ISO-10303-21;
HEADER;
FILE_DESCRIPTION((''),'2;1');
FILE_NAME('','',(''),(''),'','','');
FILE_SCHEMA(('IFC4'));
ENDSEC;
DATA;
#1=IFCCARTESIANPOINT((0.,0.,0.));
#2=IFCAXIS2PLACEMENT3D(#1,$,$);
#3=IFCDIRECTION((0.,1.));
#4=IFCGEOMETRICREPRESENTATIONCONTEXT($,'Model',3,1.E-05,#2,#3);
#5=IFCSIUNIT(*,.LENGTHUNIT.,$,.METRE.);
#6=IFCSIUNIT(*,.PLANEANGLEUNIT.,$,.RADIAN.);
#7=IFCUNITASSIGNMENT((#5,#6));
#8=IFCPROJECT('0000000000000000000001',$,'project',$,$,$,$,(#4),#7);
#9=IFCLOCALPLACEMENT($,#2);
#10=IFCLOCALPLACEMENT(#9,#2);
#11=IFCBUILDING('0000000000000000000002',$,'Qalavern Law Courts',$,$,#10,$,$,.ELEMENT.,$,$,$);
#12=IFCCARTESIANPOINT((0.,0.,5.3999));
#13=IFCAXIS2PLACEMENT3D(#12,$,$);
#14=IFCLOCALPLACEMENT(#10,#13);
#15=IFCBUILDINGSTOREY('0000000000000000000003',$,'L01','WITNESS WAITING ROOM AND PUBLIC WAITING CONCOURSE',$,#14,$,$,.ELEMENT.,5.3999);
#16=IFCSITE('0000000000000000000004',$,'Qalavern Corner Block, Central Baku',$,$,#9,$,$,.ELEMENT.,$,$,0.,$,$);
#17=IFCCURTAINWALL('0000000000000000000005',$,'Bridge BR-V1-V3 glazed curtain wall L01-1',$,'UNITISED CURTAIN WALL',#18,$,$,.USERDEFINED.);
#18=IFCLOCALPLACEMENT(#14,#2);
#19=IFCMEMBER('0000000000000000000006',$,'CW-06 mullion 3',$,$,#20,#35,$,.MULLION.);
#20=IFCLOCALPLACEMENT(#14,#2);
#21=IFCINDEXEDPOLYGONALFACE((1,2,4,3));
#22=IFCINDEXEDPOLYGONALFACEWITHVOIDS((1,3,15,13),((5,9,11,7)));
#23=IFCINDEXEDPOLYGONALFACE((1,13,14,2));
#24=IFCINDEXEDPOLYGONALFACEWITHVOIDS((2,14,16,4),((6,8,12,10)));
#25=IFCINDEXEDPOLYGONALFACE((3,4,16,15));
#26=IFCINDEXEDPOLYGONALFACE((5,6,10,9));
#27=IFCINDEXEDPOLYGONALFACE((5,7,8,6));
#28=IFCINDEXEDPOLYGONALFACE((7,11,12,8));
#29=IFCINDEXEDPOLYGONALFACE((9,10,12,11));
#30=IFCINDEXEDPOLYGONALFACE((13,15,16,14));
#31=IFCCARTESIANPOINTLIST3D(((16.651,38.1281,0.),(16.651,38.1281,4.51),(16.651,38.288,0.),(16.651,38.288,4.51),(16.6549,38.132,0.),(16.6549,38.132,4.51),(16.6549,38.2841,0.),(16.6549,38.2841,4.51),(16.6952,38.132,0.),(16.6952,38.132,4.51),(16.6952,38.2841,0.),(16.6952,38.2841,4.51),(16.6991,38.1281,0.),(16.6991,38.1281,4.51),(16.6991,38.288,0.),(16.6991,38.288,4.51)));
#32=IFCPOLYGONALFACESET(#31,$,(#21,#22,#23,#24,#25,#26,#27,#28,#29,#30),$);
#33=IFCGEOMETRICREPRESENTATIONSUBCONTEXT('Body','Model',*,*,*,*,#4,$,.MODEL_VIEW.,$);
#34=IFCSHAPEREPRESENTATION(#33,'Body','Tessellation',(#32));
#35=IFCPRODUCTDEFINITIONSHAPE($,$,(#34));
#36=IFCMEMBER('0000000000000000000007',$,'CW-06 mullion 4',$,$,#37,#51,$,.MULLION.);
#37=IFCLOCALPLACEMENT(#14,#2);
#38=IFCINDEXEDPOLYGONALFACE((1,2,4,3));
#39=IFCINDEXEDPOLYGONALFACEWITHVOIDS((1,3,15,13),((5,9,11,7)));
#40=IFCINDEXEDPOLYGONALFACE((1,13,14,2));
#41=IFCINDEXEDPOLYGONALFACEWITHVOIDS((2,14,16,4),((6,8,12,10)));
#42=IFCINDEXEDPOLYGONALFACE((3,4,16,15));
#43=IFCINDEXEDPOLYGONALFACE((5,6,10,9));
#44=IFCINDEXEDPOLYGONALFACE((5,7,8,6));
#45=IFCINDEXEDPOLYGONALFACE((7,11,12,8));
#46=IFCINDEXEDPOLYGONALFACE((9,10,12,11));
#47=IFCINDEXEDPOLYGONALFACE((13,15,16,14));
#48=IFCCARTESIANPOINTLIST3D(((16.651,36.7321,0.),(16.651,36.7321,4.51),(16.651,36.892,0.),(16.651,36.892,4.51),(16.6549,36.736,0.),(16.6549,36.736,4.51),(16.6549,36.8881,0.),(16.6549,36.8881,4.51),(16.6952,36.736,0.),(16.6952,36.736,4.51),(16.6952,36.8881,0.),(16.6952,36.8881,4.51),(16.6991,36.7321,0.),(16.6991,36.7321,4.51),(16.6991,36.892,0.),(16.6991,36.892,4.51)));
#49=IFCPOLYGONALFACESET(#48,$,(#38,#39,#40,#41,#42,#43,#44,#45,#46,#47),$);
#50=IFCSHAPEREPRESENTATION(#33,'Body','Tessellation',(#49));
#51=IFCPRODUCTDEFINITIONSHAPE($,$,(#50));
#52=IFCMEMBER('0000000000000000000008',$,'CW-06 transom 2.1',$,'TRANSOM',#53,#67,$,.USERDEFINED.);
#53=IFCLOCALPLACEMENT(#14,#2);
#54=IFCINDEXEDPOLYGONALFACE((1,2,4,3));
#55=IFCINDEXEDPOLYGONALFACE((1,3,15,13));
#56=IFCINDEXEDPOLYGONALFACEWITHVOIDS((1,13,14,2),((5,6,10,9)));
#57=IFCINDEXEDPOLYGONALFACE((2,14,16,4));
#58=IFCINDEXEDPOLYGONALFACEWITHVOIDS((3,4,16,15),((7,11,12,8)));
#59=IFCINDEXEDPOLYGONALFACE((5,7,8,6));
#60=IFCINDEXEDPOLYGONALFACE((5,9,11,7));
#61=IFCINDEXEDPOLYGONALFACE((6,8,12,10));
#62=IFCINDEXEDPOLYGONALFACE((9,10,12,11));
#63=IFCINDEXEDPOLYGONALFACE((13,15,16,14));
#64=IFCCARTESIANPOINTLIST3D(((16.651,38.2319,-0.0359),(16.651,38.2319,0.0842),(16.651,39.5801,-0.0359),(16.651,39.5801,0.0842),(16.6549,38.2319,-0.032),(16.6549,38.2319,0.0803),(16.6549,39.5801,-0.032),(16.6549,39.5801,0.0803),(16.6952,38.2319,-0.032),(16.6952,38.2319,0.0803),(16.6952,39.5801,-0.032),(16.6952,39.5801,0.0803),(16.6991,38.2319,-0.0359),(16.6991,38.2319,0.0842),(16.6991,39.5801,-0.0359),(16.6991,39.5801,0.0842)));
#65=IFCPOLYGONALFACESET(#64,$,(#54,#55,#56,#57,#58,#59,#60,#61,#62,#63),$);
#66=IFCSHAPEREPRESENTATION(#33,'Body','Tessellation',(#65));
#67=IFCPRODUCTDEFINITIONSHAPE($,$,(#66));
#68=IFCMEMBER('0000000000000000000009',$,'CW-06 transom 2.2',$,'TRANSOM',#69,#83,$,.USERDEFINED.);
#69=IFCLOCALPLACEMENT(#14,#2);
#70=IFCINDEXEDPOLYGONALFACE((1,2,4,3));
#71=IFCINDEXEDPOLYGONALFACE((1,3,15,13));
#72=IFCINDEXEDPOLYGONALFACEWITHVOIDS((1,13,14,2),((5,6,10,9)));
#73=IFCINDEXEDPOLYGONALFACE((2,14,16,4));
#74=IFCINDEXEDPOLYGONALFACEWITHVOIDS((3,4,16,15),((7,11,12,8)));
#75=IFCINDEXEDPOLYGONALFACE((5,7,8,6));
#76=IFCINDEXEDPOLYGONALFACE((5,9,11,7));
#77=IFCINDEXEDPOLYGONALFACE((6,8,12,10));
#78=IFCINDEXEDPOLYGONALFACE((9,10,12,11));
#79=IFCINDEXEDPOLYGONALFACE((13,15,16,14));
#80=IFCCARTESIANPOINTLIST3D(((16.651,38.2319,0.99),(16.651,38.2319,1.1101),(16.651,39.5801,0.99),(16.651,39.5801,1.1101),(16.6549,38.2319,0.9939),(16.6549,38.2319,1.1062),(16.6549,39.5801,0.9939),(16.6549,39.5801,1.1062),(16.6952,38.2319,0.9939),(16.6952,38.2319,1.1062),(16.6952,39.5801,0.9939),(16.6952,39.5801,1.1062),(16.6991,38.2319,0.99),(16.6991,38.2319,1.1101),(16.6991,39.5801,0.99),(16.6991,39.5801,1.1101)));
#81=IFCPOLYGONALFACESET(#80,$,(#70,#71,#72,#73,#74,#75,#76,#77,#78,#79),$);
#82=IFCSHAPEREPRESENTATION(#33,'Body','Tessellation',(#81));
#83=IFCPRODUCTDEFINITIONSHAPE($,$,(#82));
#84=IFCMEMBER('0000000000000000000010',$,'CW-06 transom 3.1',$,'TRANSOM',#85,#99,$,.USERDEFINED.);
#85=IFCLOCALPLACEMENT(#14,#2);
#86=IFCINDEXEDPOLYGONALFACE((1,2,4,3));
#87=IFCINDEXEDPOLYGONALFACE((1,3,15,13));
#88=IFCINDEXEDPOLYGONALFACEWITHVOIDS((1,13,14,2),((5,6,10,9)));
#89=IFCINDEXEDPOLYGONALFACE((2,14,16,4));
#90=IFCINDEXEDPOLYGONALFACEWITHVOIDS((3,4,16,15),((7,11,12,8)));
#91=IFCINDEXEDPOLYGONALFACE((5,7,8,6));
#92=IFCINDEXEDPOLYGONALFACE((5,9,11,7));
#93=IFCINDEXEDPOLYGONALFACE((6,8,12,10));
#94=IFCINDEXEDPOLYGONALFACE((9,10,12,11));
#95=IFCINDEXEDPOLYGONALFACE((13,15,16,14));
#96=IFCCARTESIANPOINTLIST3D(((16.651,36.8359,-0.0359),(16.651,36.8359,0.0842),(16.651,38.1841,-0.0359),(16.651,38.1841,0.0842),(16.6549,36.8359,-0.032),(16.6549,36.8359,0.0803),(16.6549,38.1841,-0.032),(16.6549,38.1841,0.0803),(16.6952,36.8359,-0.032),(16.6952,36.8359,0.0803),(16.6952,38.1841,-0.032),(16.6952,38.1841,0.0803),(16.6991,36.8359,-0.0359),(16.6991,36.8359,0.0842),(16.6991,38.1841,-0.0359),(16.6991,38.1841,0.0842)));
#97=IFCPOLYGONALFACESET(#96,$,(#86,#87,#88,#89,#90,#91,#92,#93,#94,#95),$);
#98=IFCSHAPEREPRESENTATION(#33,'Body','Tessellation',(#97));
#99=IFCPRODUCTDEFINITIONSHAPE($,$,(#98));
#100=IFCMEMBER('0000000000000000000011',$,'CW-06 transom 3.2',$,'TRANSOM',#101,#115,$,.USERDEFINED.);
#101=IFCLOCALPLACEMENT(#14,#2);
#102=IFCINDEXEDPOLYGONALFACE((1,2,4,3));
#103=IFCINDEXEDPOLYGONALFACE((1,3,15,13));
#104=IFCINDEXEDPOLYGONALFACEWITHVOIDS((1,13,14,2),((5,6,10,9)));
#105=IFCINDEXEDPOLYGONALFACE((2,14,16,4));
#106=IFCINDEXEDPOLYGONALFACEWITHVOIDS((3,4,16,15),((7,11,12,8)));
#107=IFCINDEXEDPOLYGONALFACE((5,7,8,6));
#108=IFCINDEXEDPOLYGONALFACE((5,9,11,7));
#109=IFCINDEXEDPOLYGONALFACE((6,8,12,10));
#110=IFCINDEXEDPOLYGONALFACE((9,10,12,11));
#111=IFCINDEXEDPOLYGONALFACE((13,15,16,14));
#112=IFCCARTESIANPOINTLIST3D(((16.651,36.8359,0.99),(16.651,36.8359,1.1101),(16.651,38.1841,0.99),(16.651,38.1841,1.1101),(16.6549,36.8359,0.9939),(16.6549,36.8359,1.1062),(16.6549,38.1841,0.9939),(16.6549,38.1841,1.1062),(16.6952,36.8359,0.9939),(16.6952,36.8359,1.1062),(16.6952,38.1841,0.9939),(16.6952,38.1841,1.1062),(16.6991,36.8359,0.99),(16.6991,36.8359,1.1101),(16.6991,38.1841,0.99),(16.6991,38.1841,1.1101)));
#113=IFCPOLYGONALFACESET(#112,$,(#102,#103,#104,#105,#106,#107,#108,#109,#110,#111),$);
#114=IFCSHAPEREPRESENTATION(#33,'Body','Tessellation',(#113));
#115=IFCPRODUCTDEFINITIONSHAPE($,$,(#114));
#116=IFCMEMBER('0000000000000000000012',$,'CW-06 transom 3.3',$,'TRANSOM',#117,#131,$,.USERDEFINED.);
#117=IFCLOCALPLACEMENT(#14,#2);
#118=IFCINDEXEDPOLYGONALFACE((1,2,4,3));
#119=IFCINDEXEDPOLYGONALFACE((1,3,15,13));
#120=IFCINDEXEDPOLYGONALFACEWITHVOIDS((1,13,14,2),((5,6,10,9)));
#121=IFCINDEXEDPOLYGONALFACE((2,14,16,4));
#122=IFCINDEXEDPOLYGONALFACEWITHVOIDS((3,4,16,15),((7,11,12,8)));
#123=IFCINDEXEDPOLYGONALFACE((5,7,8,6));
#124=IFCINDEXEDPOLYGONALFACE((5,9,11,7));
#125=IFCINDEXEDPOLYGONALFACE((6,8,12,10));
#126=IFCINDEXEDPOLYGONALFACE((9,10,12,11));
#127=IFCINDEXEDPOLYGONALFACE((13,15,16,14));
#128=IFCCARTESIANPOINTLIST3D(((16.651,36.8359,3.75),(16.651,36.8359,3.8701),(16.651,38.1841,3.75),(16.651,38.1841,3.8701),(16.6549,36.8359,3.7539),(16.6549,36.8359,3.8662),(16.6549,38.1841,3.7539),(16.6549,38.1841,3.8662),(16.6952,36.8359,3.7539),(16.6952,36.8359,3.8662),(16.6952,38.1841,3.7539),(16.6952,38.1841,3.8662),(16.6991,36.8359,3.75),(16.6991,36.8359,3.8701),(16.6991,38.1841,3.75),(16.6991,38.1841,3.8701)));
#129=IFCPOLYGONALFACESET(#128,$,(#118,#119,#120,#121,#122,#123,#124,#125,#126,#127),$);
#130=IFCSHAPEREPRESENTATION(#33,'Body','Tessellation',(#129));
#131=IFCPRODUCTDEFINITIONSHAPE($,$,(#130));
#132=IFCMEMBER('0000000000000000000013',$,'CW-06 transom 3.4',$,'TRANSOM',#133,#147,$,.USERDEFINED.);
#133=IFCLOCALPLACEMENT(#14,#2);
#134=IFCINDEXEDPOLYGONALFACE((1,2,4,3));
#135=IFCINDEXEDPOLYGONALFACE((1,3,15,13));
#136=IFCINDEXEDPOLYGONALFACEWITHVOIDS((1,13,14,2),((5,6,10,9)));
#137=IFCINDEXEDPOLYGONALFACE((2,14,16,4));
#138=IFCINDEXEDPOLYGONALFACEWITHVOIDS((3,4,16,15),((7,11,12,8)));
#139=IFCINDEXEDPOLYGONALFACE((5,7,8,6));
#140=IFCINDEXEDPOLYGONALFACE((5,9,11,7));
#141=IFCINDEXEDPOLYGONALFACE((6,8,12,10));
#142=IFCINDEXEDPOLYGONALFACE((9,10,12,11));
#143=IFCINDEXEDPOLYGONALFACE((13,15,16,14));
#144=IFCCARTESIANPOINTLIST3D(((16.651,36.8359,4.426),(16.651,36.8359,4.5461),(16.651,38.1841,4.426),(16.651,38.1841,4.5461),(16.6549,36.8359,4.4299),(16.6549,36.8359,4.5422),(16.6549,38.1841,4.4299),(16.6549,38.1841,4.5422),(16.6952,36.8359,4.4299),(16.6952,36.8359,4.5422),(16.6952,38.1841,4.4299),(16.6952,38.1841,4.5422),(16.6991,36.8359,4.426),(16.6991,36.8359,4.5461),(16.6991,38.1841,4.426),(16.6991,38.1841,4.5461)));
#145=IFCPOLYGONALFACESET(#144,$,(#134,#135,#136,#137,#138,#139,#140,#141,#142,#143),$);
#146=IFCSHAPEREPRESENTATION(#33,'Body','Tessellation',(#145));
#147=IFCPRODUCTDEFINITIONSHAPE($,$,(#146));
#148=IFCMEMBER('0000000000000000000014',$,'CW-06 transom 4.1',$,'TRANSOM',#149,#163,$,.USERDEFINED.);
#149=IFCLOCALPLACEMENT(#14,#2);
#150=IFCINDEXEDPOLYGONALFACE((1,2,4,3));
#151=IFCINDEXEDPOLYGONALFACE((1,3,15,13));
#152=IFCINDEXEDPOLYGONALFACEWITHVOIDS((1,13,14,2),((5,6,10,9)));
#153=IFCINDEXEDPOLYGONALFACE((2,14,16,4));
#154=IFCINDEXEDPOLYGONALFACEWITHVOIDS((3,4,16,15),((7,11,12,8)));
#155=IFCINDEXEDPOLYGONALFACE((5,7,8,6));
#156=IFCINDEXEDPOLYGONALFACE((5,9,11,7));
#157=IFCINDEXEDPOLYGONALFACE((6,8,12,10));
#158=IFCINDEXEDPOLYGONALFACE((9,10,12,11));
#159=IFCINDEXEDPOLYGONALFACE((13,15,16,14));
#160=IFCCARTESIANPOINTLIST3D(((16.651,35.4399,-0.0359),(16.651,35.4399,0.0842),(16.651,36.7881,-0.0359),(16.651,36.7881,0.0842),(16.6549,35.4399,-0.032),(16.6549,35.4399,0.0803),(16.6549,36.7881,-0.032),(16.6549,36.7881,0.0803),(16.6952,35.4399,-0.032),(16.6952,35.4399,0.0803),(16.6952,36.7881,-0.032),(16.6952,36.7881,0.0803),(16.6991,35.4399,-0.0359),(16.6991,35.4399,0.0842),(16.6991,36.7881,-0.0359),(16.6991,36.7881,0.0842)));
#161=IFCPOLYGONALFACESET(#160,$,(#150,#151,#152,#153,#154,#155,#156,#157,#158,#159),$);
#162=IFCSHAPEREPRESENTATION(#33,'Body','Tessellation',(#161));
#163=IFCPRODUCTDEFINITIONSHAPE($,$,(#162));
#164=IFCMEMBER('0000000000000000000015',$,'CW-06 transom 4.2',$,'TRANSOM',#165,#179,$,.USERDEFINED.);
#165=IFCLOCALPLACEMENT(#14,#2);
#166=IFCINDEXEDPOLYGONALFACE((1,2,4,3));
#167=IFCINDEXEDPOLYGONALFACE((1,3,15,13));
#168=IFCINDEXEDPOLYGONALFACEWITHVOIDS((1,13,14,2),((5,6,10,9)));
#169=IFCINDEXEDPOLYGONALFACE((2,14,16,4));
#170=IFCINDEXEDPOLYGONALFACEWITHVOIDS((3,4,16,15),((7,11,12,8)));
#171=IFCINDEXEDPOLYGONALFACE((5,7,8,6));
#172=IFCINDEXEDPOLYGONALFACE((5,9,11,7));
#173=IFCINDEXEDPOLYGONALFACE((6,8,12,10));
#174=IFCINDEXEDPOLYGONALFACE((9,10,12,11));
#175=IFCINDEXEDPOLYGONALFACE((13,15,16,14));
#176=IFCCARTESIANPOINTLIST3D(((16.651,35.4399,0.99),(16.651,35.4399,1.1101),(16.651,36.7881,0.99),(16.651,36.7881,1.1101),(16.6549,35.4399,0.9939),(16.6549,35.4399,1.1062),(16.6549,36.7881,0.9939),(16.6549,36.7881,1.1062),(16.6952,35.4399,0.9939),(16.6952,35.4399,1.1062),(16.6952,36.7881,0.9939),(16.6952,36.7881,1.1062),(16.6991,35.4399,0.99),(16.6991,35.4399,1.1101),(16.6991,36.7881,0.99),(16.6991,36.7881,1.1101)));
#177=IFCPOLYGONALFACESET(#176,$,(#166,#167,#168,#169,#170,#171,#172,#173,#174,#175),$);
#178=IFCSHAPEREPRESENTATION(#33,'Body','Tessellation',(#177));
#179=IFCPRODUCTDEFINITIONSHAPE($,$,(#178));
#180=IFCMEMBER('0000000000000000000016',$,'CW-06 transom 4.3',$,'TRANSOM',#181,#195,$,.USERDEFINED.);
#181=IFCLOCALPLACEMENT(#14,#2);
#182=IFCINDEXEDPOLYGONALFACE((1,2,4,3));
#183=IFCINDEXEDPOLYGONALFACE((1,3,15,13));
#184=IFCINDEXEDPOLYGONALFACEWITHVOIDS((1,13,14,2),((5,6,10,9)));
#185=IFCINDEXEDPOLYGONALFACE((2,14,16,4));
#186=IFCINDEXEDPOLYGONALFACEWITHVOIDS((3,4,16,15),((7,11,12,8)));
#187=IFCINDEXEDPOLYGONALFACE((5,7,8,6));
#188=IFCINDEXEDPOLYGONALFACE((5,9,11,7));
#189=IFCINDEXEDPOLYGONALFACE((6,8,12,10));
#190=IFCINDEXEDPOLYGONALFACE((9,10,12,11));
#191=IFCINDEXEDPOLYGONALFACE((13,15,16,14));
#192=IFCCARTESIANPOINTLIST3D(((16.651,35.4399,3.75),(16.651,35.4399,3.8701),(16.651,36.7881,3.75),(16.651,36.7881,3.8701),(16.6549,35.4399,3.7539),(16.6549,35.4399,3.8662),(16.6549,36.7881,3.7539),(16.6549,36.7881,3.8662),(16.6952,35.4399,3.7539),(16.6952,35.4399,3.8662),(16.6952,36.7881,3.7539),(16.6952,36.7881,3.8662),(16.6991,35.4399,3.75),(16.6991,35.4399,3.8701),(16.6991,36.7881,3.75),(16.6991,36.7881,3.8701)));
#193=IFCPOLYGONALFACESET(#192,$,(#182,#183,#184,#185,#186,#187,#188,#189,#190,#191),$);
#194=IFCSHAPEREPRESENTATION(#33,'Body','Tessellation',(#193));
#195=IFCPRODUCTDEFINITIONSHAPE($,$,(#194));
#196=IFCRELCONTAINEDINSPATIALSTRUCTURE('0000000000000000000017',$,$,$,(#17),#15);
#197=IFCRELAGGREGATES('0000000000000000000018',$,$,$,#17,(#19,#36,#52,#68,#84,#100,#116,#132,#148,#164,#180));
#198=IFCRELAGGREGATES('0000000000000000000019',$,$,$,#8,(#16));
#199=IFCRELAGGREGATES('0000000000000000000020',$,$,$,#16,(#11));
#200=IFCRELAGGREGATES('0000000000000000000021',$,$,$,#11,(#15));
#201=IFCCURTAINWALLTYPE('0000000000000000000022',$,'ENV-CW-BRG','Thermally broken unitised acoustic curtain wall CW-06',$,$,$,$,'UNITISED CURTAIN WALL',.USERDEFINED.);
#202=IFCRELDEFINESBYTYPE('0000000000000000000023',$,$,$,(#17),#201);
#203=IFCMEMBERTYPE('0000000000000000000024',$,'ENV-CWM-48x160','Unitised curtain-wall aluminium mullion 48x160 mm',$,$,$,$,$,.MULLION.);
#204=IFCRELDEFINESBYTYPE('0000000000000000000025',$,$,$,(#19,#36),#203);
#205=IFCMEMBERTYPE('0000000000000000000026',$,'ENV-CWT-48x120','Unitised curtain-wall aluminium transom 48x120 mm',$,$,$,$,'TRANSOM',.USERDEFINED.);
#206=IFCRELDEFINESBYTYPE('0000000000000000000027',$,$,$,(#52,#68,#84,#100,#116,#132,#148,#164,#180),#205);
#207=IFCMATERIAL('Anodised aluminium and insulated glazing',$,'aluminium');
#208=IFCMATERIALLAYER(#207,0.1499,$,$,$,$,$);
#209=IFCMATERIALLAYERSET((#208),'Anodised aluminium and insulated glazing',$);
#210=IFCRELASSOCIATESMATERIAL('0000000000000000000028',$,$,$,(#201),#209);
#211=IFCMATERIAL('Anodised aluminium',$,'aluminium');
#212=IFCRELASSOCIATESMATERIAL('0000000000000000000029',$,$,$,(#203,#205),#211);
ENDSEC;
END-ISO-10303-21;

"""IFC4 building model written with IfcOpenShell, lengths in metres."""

from ifc_helpers import new_model, si_unit, direction, frame, origin, origin_2d, place, context, subcontext, project, spatial, hollow_rectangle, extrude, material, layer, layer_set, material_profile, profile_set, type_object, element, aggregate, save


model = new_model("IFC4")

# Units and contexts
model_context = context("Model", 3, precision=1e-05, world=origin(), true_north=direction((0.0, 1.0)))
body_context = subcontext(model_context, "Body", "Model", "MODEL_VIEW")
ifc_project = project(units=[si_unit("LENGTHUNIT", "METRE"), si_unit("PLANEANGLEUNIT", "RADIAN")], contexts=[model_context])

# Site, building, storey
site_placement = place(None, origin())
site = spatial("IfcSite", under=ifc_project, at=site_placement, Name="Qalavern Corner Block, Central Baku", CompositionType="ELEMENT", RefElevation=0.0)
building_placement = place(site_placement, origin())
building = spatial("IfcBuilding", under=site, at=building_placement, Name="Qalavern Law Courts", CompositionType="ELEMENT")
storey_placement = place(building_placement, frame((0.0, 0.0, 5.3999)))
storey = spatial("IfcBuildingStorey", under=building, at=storey_placement, Name="L01", Description="WITNESS WAITING ROOM AND PUBLIC WAITING CONCOURSE", CompositionType="ELEMENT", Elevation=5.3999)

# Curtain wall, members
ifc_material_1 = material(Name="Anodised aluminium and insulated glazing", Category="aluminium")
ifc_layer_1 = layer(ifc_material_1, 0.1499)
ifc_layer_set_1 = layer_set([ifc_layer_1], Name="Anodised aluminium and insulated glazing")
curtain_wall_type = type_object("IfcCurtainWallType", Name="ENV-CW-BRG", Description="Thermally broken unitised acoustic curtain wall CW-06", ElementType="UNITISED CURTAIN WALL", PredefinedType="USERDEFINED", material=ifc_layer_set_1)
curtain_wall_placement = place(storey_placement, origin())
curtain_wall = element("IfcCurtainWall", 1, at=curtain_wall_placement, inside=storey, type_object=curtain_wall_type, Name="Bridge BR-V1-V3 glazed curtain wall L01-1", ObjectType="UNITISED CURTAIN WALL", PredefinedType="USERDEFINED")
ifc_material_2 = material(Name="Anodised aluminium", Category="aluminium")
ifc_material_profile_1 = material_profile(ifc_material_2, hollow_rectangle(XDim=0.0481, YDim=0.1599, WallThickness=0.0039, at=origin_2d()), Name="ALU MULLION 48x160")
ifc_profile_set_1 = profile_set([ifc_material_profile_1], Name="Anodised aluminium")
member_type_1 = type_object("IfcMemberType", Name="ENV-CWM-48x160", Description="Unitised curtain-wall aluminium mullion 48x160 mm", PredefinedType="MULLION", material=ifc_profile_set_1)
member_1_placement = place(storey_placement, frame((16.675, 38.208, 0.0), z_axis=(0.0, 0.0, 1.0), x_axis=(1.0, 0.0, 0.0)))
member_1 = element("IfcMember", 2, at=member_1_placement, type_object=member_type_1, Name="CW-06 mullion 3", PredefinedType="MULLION", context=body_context, shape_type="SweptSolid", body=[
    extrude(hollow_rectangle(XDim=0.0481, YDim=0.1599, WallThickness=0.0039, at=origin_2d()), origin(), (0.0, 0.0, 1.0), 4.51),
])
member_2_placement = place(storey_placement, frame((16.675, 36.812, 0.0), z_axis=(0.0, 0.0, 1.0), x_axis=(1.0, 0.0, 0.0)))
member_2 = element("IfcMember", 3, at=member_2_placement, type_object=member_type_1, Name="CW-06 mullion 4", PredefinedType="MULLION", context=body_context, shape_type="SweptSolid", body=[
    extrude(hollow_rectangle(XDim=0.0481, YDim=0.1599, WallThickness=0.0039, at=origin_2d()), origin(), (0.0, 0.0, 1.0), 4.51),
])
ifc_material_profile_2 = material_profile(ifc_material_2, hollow_rectangle(XDim=0.0481, YDim=0.1201, WallThickness=0.0039, at=origin_2d()), Name="ALU TRANSOM 48x120")
ifc_profile_set_2 = profile_set([ifc_material_profile_2], Name="Anodised aluminium")
member_type_2 = type_object("IfcMemberType", Name="ENV-CWT-48x120", Description="Unitised curtain-wall aluminium transom 48x120 mm", ElementType="TRANSOM", PredefinedType="USERDEFINED", material=ifc_profile_set_2)
member_3_placement = place(storey_placement, frame((16.675, 39.5801, 0.0242), z_axis=(0.0, -1.0, 0.0), x_axis=(1.0, 0.0, 0.0)))
member_3 = element("IfcMember", 4, at=member_3_placement, type_object=member_type_2, Name="CW-06 transom 2.1", ObjectType="TRANSOM", PredefinedType="USERDEFINED", context=body_context, shape_type="SweptSolid", body=[
    extrude(hollow_rectangle(XDim=0.0481, YDim=0.1201, WallThickness=0.0039, at=origin_2d()), origin(), (0.0, 0.0, 1.0), 1.3481),
])
member_4_placement = place(storey_placement, frame((16.675, 39.5801, 1.05), z_axis=(0.0, -1.0, 0.0), x_axis=(1.0, 0.0, 0.0)))
member_4 = element("IfcMember", 5, at=member_4_placement, type_object=member_type_2, Name="CW-06 transom 2.2", ObjectType="TRANSOM", PredefinedType="USERDEFINED", context=body_context, shape_type="SweptSolid", body=[
    extrude(hollow_rectangle(XDim=0.0481, YDim=0.1201, WallThickness=0.0039, at=origin_2d()), origin(), (0.0, 0.0, 1.0), 1.3481),
])
member_5_placement = place(storey_placement, frame((16.675, 38.1841, 0.0242), z_axis=(0.0, -1.0, 0.0), x_axis=(1.0, 0.0, 0.0)))
member_5 = element("IfcMember", 6, at=member_5_placement, type_object=member_type_2, Name="CW-06 transom 3.1", ObjectType="TRANSOM", PredefinedType="USERDEFINED", context=body_context, shape_type="SweptSolid", body=[
    extrude(hollow_rectangle(XDim=0.0481, YDim=0.1201, WallThickness=0.0039, at=origin_2d()), origin(), (0.0, 0.0, 1.0), 1.3481),
])
member_6_placement = place(storey_placement, frame((16.675, 38.1841, 1.05), z_axis=(0.0, -1.0, 0.0), x_axis=(1.0, 0.0, 0.0)))
member_6 = element("IfcMember", 7, at=member_6_placement, type_object=member_type_2, Name="CW-06 transom 3.2", ObjectType="TRANSOM", PredefinedType="USERDEFINED", context=body_context, shape_type="SweptSolid", body=[
    extrude(hollow_rectangle(XDim=0.0481, YDim=0.1201, WallThickness=0.0039, at=origin_2d()), origin(), (0.0, 0.0, 1.0), 1.3481),
])
member_7_placement = place(storey_placement, frame((16.675, 38.1841, 3.8101), z_axis=(0.0, -1.0, 0.0), x_axis=(1.0, 0.0, 0.0)))
member_7 = element("IfcMember", 8, at=member_7_placement, type_object=member_type_2, Name="CW-06 transom 3.3", ObjectType="TRANSOM", PredefinedType="USERDEFINED", context=body_context, shape_type="SweptSolid", body=[
    extrude(hollow_rectangle(XDim=0.0481, YDim=0.1201, WallThickness=0.0039, at=origin_2d()), origin(), (0.0, 0.0, 1.0), 1.3481),
])
member_8_placement = place(storey_placement, frame((16.675, 38.1841, 4.4861), z_axis=(0.0, -1.0, 0.0), x_axis=(1.0, 0.0, 0.0)))
member_8 = element("IfcMember", 9, at=member_8_placement, type_object=member_type_2, Name="CW-06 transom 3.4", ObjectType="TRANSOM", PredefinedType="USERDEFINED", context=body_context, shape_type="SweptSolid", body=[
    extrude(hollow_rectangle(XDim=0.0481, YDim=0.1201, WallThickness=0.0039, at=origin_2d()), origin(), (0.0, 0.0, 1.0), 1.3481),
])
member_9_placement = place(storey_placement, frame((16.675, 36.7881, 0.0242), z_axis=(0.0, -1.0, 0.0), x_axis=(1.0, 0.0, 0.0)))
member_9 = element("IfcMember", 10, at=member_9_placement, type_object=member_type_2, Name="CW-06 transom 4.1", ObjectType="TRANSOM", PredefinedType="USERDEFINED", context=body_context, shape_type="SweptSolid", body=[
    extrude(hollow_rectangle(XDim=0.0481, YDim=0.1201, WallThickness=0.0039, at=origin_2d()), origin(), (0.0, 0.0, 1.0), 1.3481),
])
member_10_placement = place(storey_placement, frame((16.675, 36.7881, 1.05), z_axis=(0.0, -1.0, 0.0), x_axis=(1.0, 0.0, 0.0)))
member_10 = element("IfcMember", 11, at=member_10_placement, type_object=member_type_2, Name="CW-06 transom 4.2", ObjectType="TRANSOM", PredefinedType="USERDEFINED", context=body_context, shape_type="SweptSolid", body=[
    extrude(hollow_rectangle(XDim=0.0481, YDim=0.1201, WallThickness=0.0039, at=origin_2d()), origin(), (0.0, 0.0, 1.0), 1.3481),
])
member_11_placement = place(storey_placement, frame((16.675, 36.7881, 3.8101), z_axis=(0.0, -1.0, 0.0), x_axis=(1.0, 0.0, 0.0)))
member_11 = element("IfcMember", 12, at=member_11_placement, type_object=member_type_2, Name="CW-06 transom 4.3", ObjectType="TRANSOM", PredefinedType="USERDEFINED", context=body_context, shape_type="SweptSolid", body=[
    extrude(hollow_rectangle(XDim=0.0481, YDim=0.1201, WallThickness=0.0039, at=origin_2d()), origin(), (0.0, 0.0, 1.0), 1.3481),
])
aggregate(curtain_wall, [member_1, member_2, member_3, member_4, member_5, member_6, member_7, member_8, member_9, member_10, member_11])

save(model, "model.ifc")
